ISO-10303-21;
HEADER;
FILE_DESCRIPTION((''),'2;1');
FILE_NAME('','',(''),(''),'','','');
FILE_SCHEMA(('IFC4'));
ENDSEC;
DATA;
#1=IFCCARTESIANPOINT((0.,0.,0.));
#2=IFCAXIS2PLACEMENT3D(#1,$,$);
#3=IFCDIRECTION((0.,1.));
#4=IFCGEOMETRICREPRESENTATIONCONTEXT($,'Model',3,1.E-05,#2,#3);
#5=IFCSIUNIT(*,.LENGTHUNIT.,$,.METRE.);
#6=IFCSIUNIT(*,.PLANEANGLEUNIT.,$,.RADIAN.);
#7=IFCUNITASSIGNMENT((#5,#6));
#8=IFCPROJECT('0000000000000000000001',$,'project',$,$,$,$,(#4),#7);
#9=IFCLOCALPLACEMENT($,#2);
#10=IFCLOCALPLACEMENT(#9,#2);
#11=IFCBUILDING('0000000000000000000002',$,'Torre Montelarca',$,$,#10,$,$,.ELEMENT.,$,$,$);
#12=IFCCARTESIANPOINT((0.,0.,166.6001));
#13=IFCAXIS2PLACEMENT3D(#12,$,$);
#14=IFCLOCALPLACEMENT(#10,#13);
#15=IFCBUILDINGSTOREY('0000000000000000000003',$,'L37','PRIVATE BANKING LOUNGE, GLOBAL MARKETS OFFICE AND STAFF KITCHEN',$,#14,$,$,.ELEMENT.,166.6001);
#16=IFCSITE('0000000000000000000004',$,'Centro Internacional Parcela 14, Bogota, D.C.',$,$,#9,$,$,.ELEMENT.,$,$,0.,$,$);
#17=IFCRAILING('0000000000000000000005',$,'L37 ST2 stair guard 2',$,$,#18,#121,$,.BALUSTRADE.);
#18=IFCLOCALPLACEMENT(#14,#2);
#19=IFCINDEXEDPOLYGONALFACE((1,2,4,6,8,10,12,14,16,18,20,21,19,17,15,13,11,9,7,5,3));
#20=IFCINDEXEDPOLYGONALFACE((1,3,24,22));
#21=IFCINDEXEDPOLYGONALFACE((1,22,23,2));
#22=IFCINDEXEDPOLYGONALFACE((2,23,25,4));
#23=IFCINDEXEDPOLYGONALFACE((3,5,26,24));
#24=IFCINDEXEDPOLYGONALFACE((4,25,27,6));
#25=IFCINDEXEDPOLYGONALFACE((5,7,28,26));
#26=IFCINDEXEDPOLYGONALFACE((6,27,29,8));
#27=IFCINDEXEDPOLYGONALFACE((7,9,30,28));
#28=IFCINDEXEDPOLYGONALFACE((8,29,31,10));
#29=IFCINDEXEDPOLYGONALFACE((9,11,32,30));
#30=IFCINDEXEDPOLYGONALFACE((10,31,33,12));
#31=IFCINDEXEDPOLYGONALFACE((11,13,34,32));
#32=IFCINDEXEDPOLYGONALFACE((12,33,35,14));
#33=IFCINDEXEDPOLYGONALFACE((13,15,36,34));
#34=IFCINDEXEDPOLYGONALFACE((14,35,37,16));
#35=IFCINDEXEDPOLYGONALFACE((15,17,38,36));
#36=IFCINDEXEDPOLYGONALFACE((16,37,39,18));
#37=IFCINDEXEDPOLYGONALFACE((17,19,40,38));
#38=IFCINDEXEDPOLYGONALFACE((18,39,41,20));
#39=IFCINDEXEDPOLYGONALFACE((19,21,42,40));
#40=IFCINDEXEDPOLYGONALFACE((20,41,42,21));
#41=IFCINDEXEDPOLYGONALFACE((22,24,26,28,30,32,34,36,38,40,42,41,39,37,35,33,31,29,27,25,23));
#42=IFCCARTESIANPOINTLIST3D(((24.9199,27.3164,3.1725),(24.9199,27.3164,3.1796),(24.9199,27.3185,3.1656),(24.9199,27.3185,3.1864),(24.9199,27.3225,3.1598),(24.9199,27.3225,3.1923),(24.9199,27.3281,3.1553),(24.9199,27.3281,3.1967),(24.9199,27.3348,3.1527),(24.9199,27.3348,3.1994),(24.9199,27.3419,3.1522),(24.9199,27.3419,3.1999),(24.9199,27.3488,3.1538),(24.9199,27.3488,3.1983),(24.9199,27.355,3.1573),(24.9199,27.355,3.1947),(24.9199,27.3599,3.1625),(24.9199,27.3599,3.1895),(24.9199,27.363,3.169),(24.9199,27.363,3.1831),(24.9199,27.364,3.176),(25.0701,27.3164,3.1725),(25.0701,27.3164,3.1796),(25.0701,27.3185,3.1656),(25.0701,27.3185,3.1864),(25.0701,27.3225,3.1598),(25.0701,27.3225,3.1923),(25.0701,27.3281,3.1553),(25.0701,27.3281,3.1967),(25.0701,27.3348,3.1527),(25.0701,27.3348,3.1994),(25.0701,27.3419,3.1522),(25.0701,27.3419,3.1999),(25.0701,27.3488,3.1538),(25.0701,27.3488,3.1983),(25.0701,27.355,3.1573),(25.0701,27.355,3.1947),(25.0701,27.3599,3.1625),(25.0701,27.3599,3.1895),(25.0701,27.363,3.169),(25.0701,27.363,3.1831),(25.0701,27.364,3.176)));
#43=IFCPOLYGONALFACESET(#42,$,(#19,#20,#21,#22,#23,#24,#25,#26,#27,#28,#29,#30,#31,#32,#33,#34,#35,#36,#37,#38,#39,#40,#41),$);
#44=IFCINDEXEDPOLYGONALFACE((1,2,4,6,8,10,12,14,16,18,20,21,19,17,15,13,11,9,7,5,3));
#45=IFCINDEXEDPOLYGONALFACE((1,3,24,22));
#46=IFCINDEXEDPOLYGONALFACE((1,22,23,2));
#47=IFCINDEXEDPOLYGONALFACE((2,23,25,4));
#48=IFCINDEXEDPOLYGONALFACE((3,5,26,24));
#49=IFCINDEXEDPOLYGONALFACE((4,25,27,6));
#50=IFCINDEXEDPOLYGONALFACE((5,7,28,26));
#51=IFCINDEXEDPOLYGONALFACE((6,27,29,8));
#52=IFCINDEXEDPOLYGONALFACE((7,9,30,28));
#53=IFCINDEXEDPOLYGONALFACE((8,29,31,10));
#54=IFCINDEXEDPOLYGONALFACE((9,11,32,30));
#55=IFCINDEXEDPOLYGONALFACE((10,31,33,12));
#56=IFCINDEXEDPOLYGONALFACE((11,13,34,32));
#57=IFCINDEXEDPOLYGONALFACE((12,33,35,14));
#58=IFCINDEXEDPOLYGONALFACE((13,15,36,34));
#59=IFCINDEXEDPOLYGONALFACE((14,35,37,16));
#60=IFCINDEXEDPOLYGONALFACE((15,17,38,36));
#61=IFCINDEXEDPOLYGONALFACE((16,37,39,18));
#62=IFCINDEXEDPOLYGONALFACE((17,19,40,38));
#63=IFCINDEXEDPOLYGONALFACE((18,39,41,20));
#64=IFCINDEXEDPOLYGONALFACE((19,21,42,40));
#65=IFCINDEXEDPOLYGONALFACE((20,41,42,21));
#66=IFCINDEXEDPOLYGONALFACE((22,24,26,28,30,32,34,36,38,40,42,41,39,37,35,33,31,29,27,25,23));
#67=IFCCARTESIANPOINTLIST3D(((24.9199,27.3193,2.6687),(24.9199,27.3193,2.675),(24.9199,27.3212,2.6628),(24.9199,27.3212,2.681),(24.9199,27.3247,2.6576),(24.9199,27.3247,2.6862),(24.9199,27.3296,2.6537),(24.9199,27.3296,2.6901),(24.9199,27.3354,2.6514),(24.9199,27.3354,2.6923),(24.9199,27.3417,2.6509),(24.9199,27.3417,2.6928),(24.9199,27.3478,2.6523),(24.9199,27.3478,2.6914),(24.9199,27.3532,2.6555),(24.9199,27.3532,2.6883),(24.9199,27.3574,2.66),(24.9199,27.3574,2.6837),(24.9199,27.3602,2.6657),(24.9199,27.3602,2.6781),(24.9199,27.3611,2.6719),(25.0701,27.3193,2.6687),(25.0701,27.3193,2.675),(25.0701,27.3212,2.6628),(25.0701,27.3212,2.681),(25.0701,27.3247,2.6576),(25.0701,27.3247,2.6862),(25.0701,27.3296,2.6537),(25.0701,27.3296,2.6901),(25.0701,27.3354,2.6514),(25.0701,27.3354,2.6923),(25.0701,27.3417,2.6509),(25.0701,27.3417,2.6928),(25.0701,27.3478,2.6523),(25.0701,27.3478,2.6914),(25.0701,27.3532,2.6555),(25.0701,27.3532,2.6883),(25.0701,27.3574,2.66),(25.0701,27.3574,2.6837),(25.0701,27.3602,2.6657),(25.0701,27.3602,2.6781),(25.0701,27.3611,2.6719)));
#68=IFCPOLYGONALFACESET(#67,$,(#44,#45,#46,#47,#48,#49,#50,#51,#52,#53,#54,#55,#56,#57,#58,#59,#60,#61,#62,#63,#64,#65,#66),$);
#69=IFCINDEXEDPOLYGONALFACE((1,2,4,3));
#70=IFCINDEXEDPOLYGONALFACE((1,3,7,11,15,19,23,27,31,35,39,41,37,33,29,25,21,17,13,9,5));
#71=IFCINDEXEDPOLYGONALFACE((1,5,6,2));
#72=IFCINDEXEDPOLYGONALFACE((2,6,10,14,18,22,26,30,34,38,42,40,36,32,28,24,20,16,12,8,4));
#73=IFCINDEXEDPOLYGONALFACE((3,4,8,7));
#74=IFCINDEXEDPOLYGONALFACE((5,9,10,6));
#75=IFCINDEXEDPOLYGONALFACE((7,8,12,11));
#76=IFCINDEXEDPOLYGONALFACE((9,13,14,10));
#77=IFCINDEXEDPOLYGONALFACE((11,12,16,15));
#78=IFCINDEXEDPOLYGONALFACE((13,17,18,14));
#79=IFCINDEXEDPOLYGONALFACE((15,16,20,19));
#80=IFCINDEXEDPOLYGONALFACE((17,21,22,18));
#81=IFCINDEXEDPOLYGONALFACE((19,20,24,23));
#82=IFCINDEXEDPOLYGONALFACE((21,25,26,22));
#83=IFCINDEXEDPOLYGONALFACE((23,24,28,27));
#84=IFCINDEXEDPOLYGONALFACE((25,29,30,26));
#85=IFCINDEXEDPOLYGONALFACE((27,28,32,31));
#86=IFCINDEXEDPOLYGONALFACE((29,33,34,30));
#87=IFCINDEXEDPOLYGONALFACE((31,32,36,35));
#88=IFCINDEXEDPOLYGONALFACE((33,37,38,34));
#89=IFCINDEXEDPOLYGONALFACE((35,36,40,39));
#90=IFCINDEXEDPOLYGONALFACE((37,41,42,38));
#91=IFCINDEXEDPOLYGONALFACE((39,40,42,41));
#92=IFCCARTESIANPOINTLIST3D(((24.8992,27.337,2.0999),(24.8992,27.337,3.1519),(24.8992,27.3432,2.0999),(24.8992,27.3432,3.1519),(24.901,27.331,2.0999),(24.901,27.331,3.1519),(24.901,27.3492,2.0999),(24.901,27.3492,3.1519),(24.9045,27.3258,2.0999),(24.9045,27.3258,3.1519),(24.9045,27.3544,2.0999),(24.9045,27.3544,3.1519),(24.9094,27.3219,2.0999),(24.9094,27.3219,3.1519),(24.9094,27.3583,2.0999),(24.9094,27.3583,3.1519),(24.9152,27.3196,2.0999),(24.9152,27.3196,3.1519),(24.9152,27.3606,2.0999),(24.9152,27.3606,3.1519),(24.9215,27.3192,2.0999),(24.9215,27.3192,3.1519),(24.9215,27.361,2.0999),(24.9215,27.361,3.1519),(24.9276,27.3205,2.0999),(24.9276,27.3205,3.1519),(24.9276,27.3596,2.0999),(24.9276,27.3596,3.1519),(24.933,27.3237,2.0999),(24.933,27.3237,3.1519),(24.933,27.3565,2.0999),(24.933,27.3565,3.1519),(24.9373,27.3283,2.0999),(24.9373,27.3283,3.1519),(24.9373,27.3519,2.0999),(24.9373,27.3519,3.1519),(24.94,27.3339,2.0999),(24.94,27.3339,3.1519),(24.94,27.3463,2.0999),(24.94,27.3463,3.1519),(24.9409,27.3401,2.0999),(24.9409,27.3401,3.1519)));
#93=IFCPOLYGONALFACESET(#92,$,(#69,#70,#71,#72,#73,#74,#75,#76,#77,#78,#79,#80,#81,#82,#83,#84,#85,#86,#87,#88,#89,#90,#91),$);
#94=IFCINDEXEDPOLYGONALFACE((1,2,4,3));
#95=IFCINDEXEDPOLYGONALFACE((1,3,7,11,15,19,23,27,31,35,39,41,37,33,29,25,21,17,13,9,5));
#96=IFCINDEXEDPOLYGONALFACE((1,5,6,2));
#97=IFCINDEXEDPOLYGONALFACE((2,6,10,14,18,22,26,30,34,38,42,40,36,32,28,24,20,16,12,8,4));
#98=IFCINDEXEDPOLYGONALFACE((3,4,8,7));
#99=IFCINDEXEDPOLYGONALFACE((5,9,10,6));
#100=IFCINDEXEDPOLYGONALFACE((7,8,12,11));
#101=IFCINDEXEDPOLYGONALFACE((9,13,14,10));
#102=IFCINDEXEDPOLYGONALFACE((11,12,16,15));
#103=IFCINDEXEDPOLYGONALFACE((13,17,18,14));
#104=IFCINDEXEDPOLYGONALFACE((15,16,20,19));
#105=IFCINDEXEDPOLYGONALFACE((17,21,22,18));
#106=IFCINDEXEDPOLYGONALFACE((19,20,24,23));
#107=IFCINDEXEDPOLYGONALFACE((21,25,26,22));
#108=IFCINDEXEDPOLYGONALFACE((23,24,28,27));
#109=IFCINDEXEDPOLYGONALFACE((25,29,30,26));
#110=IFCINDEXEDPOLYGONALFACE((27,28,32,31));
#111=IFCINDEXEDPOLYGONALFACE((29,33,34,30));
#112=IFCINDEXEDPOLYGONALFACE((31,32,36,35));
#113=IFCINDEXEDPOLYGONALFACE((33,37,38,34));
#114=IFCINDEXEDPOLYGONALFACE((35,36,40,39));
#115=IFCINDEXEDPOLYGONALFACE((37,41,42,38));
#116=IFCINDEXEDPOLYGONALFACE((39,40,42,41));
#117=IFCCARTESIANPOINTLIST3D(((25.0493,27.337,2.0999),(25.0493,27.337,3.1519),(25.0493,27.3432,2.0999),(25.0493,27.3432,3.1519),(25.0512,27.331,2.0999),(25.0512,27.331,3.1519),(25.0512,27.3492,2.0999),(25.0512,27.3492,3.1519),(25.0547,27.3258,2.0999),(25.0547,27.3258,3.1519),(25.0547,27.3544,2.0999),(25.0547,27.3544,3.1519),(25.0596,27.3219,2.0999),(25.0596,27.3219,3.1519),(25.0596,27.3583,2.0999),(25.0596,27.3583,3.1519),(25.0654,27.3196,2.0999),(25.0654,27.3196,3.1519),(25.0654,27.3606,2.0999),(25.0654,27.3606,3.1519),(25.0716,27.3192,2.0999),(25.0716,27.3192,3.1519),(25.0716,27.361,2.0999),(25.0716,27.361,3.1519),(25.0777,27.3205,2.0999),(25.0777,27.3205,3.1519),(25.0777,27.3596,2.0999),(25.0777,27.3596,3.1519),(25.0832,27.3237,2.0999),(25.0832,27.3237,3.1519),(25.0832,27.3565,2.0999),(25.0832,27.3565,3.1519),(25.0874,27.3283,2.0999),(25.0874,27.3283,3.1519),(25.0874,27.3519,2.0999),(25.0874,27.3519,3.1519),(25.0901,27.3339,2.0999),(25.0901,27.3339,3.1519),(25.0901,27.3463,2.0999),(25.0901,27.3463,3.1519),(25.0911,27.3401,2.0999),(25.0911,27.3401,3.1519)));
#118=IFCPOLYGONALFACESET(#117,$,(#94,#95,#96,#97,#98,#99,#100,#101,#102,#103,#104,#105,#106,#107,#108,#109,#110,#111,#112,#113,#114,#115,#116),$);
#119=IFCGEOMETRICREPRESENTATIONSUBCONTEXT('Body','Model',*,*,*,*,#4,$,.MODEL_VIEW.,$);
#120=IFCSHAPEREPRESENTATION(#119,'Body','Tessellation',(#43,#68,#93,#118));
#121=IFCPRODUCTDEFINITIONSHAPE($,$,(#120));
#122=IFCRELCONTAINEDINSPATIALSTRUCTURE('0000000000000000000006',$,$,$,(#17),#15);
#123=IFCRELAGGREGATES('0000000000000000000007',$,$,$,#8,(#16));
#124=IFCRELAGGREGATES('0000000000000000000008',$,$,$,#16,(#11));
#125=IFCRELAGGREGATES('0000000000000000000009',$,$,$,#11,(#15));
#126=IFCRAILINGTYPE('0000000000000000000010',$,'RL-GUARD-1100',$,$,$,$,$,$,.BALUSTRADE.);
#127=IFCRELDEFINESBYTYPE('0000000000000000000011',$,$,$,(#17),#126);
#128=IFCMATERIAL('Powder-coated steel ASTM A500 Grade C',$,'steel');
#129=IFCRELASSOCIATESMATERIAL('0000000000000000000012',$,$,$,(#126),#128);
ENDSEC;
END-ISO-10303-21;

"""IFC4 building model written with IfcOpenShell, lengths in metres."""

from ifc_helpers import new_model, si_unit, direction, frame, origin, origin_2d, place, context, subcontext, project, spatial, circle, extrude, material, type_object, element, save


model = new_model("IFC4")

# Units and contexts
model_context = context("Model", 3, precision=1e-05, world=origin(), true_north=direction((0.0, 1.0)))
body_context = subcontext(model_context, "Body", "Model", "MODEL_VIEW")
ifc_project = project(units=[si_unit("LENGTHUNIT", "METRE"), si_unit("PLANEANGLEUNIT", "RADIAN")], contexts=[model_context])

# Site, building, storey
site_placement = place(None, origin())
site = spatial("IfcSite", under=ifc_project, at=site_placement, Name="Centro Internacional Parcela 14, Bogota, D.C.", CompositionType="ELEMENT", RefElevation=0.0)
building_placement = place(site_placement, origin())
building = spatial("IfcBuilding", under=site, at=building_placement, Name="Torre Montelarca", CompositionType="ELEMENT")
storey_placement = place(building_placement, frame((0.0, 0.0, 166.6001)))
storey = spatial("IfcBuildingStorey", under=building, at=storey_placement, Name="L37", Description="PRIVATE BANKING LOUNGE, GLOBAL MARKETS OFFICE AND STAFF KITCHEN", CompositionType="ELEMENT", Elevation=166.6001)

# Railing
ifc_material_1 = material(Name="Powder-coated steel ASTM A500 Grade C", Category="steel")
railing_type = type_object("IfcRailingType", Name="RL-GUARD-1100", PredefinedType="BALUSTRADE", material=ifc_material_1)
railing_1_placement = place(storey_placement, frame((24.9199, 27.3401, 2.0999)))
element("IfcRailing", 1, at=railing_1_placement, inside=storey, type_object=railing_type, Name="L37 ST2 stair guard 2", PredefinedType="BALUSTRADE", context=body_context, shape_type="SweptSolid", body=[
    extrude(circle(Radius=0.0239, at=origin_2d()), frame((0.0, 0.0, 1.0762), z_axis=(1.0, 0.0, 0.0), x_axis=(0.0, 1.0, 0.0)), (0.0, 0.0, 1.0), 0.1501),
    extrude(circle(Radius=0.021, at=origin_2d()), frame((0.0, 0.0, 0.572), z_axis=(1.0, 0.0, 0.0), x_axis=(0.0, 1.0, 0.0)), (0.0, 0.0, 1.0), 0.1501),
    extrude(circle(Radius=0.021, at=origin_2d()), origin(), (0.0, 0.0, 1.0), 1.052),
    extrude(circle(Radius=0.021, at=origin_2d()), frame((0.1501, 0.0, 0.0)), (0.0, 0.0, 1.0), 1.052),
])

save(model, "model.ifc")
